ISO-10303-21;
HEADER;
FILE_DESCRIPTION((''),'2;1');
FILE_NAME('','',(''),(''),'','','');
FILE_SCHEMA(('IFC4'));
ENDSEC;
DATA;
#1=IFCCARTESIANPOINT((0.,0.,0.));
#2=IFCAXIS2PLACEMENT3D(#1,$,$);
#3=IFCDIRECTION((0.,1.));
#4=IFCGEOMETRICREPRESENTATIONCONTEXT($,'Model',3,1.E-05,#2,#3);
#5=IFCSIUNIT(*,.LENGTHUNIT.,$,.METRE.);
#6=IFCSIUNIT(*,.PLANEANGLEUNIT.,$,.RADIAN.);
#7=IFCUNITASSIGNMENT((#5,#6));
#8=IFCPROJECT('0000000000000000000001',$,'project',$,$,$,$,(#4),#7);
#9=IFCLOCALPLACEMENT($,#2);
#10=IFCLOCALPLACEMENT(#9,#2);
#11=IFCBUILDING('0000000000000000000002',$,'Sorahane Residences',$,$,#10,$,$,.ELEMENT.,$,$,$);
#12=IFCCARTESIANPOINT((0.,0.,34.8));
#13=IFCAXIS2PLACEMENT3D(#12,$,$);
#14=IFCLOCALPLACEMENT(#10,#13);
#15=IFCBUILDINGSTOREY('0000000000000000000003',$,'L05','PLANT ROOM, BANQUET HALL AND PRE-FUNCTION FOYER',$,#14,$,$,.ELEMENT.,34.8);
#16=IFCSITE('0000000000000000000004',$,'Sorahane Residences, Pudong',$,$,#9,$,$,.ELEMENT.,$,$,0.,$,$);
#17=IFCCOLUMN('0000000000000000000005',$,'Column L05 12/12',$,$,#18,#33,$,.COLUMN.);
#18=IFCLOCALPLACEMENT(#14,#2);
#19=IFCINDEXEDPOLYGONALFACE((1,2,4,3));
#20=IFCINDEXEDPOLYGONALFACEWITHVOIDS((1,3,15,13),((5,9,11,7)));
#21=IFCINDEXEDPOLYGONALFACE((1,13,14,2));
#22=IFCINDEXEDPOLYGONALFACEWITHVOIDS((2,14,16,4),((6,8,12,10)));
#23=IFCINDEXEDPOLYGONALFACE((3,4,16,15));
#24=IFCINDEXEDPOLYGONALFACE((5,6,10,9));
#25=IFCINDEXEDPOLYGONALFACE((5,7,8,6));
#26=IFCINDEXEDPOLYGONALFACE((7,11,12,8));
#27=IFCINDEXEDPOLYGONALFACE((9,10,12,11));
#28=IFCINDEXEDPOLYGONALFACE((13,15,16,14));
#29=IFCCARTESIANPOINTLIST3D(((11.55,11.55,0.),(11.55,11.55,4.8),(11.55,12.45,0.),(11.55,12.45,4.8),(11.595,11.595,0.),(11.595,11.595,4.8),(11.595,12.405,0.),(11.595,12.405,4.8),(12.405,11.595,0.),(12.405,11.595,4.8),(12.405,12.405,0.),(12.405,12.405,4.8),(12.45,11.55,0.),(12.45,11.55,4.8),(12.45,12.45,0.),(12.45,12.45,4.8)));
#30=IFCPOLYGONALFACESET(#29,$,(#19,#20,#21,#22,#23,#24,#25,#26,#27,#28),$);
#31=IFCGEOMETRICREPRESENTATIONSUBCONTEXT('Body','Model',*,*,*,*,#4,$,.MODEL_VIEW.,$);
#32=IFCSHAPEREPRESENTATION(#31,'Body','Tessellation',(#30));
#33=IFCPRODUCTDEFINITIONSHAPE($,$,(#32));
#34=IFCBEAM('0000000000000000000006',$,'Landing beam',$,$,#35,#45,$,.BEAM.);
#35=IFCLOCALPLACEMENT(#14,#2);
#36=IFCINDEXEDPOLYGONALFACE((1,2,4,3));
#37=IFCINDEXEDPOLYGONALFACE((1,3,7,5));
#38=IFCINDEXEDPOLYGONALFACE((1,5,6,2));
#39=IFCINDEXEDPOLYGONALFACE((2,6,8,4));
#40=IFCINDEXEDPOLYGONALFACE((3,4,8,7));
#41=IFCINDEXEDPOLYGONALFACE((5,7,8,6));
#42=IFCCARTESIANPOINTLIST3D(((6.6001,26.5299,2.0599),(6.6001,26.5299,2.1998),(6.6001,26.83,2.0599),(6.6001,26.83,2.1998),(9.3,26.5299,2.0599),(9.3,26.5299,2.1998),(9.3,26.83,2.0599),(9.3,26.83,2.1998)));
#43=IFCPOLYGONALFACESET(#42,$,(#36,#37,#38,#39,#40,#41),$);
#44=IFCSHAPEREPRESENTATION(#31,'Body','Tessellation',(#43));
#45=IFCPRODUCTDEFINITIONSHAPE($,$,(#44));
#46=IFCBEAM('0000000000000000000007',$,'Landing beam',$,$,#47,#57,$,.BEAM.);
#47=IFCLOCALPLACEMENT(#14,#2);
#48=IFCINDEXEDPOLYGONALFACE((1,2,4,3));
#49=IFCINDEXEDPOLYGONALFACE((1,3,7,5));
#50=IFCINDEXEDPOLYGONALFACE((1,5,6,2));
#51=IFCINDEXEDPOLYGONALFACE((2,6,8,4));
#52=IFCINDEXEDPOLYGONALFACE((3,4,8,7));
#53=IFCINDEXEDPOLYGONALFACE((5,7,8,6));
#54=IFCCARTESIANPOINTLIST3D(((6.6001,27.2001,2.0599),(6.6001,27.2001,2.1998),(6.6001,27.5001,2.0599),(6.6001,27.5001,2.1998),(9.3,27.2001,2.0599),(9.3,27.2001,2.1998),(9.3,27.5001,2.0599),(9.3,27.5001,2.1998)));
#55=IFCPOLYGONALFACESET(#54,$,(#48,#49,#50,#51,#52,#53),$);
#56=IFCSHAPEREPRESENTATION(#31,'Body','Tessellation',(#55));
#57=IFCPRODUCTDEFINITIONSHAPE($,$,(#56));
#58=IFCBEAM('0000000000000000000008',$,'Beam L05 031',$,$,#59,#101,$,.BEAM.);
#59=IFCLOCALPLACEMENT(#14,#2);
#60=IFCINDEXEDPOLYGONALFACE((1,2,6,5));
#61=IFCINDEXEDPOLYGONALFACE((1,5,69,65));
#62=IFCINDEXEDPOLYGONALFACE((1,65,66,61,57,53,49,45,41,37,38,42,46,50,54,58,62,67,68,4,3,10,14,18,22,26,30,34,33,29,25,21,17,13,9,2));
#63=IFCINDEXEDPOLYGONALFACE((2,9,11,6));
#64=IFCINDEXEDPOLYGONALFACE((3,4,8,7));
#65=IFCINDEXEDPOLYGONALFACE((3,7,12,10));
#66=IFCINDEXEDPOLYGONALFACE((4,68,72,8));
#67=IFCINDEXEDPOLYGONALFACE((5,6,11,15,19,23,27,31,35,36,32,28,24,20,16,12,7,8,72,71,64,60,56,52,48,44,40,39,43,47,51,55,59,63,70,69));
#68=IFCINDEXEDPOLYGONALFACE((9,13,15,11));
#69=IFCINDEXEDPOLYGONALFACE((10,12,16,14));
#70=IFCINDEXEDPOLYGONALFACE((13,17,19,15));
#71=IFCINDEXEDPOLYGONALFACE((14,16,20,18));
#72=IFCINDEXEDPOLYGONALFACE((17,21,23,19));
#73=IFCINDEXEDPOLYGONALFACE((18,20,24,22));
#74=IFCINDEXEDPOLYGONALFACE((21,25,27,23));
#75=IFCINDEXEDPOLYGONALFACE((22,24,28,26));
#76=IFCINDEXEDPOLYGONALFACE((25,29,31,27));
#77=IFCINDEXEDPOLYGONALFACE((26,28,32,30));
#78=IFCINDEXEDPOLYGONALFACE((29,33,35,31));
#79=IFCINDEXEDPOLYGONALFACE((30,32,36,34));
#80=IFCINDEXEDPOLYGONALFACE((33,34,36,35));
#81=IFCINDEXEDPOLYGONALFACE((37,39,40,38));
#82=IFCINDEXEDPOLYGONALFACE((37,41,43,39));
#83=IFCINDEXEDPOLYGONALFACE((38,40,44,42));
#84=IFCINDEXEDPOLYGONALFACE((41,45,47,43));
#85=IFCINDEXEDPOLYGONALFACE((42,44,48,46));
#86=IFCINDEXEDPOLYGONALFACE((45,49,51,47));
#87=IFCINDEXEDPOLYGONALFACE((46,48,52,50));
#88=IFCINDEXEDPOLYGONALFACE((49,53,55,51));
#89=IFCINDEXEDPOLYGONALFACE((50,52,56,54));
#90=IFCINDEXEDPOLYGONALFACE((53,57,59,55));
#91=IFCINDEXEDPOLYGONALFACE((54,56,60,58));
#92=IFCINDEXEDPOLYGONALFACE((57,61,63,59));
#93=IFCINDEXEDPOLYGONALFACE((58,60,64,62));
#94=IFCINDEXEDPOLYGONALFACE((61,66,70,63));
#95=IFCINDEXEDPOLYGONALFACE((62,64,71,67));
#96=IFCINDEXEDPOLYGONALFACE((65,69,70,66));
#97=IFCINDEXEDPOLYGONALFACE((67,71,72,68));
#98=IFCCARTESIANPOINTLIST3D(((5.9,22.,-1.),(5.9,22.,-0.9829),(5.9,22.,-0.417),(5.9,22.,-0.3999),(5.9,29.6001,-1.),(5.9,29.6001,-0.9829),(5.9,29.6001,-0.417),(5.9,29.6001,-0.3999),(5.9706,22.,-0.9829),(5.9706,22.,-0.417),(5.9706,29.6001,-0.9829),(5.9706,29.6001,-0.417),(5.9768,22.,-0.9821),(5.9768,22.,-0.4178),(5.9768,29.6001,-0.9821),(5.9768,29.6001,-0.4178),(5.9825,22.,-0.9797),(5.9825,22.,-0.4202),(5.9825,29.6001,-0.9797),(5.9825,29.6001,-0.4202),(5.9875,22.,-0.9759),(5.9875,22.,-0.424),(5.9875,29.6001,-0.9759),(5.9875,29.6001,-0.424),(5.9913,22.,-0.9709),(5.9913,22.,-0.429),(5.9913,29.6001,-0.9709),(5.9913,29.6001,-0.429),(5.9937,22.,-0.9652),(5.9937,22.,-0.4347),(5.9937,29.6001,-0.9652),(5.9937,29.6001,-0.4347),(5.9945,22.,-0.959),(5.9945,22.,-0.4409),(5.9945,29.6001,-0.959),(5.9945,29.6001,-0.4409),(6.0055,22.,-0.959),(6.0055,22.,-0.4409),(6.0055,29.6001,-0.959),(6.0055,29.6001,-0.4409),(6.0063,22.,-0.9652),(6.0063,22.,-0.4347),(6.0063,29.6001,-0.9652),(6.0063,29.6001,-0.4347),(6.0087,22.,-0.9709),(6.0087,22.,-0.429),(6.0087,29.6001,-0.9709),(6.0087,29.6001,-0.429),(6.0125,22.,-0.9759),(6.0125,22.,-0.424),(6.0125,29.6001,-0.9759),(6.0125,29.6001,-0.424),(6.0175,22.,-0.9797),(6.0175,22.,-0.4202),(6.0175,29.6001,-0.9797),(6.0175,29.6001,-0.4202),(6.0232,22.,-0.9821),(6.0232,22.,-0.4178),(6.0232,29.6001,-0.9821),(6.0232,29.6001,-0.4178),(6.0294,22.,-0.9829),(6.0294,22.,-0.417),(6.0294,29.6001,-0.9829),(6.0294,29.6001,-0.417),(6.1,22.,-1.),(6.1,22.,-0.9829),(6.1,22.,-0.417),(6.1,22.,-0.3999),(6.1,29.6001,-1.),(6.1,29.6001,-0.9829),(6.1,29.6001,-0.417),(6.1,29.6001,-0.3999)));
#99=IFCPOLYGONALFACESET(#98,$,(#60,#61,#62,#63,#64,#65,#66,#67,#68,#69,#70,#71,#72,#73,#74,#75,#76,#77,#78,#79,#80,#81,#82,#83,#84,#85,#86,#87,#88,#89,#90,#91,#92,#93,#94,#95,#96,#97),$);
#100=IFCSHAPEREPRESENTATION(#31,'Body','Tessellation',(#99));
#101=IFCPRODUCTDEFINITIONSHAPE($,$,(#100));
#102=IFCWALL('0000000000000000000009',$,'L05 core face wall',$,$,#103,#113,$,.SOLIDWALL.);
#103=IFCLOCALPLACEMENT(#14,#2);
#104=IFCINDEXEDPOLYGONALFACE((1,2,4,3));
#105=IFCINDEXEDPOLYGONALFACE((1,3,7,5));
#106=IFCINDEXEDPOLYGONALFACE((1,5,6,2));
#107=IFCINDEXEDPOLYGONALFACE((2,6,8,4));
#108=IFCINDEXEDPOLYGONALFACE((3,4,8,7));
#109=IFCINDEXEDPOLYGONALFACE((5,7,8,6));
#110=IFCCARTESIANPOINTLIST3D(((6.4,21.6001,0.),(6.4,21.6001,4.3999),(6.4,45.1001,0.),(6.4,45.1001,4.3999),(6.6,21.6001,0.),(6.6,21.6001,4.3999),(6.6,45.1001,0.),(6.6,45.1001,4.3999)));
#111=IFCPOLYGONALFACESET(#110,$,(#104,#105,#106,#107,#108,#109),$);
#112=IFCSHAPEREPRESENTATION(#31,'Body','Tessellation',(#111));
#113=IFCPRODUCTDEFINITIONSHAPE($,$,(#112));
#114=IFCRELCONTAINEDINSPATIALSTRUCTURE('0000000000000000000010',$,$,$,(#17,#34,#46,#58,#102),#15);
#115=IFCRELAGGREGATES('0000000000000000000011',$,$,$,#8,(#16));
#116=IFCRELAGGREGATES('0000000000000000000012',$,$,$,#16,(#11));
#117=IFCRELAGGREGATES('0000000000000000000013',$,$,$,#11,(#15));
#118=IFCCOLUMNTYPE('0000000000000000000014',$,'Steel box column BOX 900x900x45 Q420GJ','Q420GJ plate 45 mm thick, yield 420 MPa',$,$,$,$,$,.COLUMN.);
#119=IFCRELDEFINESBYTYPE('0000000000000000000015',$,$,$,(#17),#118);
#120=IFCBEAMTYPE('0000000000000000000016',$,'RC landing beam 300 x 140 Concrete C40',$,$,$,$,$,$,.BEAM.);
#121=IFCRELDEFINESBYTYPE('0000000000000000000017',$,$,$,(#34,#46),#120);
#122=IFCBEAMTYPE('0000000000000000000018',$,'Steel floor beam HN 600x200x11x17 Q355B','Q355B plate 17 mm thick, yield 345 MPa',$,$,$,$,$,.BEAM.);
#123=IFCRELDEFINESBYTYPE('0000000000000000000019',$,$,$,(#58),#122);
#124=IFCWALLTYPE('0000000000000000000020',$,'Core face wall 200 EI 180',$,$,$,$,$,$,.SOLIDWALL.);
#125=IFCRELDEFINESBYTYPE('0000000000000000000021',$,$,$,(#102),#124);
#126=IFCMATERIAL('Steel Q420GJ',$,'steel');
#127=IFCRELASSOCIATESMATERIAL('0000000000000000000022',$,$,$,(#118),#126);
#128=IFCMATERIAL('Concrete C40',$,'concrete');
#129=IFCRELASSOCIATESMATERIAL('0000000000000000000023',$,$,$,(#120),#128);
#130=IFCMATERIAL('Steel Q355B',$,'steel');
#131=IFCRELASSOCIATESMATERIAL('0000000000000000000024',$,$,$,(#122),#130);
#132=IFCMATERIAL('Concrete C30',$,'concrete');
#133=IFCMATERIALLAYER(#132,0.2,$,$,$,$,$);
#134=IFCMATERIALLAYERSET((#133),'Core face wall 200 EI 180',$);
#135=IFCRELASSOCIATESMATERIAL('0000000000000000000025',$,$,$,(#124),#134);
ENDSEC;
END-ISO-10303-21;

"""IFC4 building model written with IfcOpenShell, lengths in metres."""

from ifc_helpers import new_model, si_unit, direction, frame, frame_2d, origin, origin_2d, place, context, subcontext, project, spatial, rectangle, hollow_rectangle, i_section, extrude, material, layer, layer_set, material_profile, profile_set, type_object, element, save


model = new_model("IFC4")

# Units and contexts
model_context = context("Model", 3, precision=1e-05, world=origin(), true_north=direction((0.0, 1.0)))
body_context = subcontext(model_context, "Body", "Model", "MODEL_VIEW")
ifc_project = project(units=[si_unit("LENGTHUNIT", "METRE"), si_unit("PLANEANGLEUNIT", "RADIAN")], contexts=[model_context])

# Site, building, storey
site_placement = place(None, origin())
site = spatial("IfcSite", under=ifc_project, at=site_placement, Name="Sorahane Residences, Pudong", CompositionType="ELEMENT", RefElevation=0.0)
building_placement = place(site_placement, origin())
building = spatial("IfcBuilding", under=site, at=building_placement, Name="Sorahane Residences", CompositionType="ELEMENT")
storey_placement = place(building_placement, frame((0.0, 0.0, 34.8)))
storey = spatial("IfcBuildingStorey", under=building, at=storey_placement, Name="L05", Description="PLANT ROOM, BANQUET HALL AND PRE-FUNCTION FOYER", CompositionType="ELEMENT", Elevation=34.8)

# Column
ifc_material_1 = material(Name="Steel Q420GJ", Category="steel")
ifc_material_profile_1 = material_profile(ifc_material_1, hollow_rectangle(XDim=0.8999, YDim=0.8999, WallThickness=0.0449, at=origin_2d()), Name="BOX 900x900x45")
ifc_profile_set_1 = profile_set([ifc_material_profile_1], Name="Steel Q420GJ")
column_type = type_object("IfcColumnType", Name="Steel box column BOX 900x900x45 Q420GJ", Description="Q420GJ plate 45 mm thick, yield 420 MPa", PredefinedType="COLUMN", material=ifc_profile_set_1)
column_placement = place(storey_placement, frame((12.0, 12.0, 0.0), z_axis=(0.0, 0.0, 1.0), x_axis=(1.0, 0.0, 0.0)))
element("IfcColumn", 1, at=column_placement, inside=storey, type_object=column_type, Name="Column L05 12/12", PredefinedType="COLUMN", context=body_context, shape_type="SweptSolid", body=[
    extrude(hollow_rectangle(XDim=0.8999, YDim=0.8999, WallThickness=0.0449, at=origin_2d()), origin(), (0.0, 0.0, 1.0), 4.8),
])

# Beams
ifc_material_2 = material(Name="Concrete C40", Category="concrete")
ifc_material_profile_2 = material_profile(ifc_material_2, rectangle(XDim=0.3, YDim=0.1399, at=origin_2d()), Name="300x140")
ifc_profile_set_2 = profile_set([ifc_material_profile_2], Name="Concrete C40")
beam_type_1 = type_object("IfcBeamType", Name="RC landing beam 300 x 140 Concrete C40", PredefinedType="BEAM", material=ifc_profile_set_2)
for number, where, z_axis, x_axis, name in (
    (2, (6.6001, 26.6799, 2.1299), (1.0, 0.0, 0.0), (0.0, 1.0, 0.0), "Landing beam"),
    (3, (6.6001, 27.3501, 2.1299), (1.0, 0.0, 0.0), (0.0, 1.0, 0.0), "Landing beam"),
):
    element("IfcBeam", number, at=place(storey_placement, frame(where, z_axis=z_axis, x_axis=x_axis)), inside=storey, type_object=beam_type_1, Name=name, PredefinedType="BEAM", context=body_context, shape_type="SweptSolid", body=[
        extrude(rectangle(XDim=0.3, YDim=0.1399, at=origin_2d()), origin(), (0.0, 0.0, 1.0), 2.7),
    ])
ifc_material_3 = material(Name="Steel Q355B", Category="steel")
ifc_material_profile_3 = material_profile(ifc_material_3, i_section(OverallWidth=0.2, OverallDepth=0.6001, WebThickness=0.011, FlangeThickness=0.0171, FilletRadius=0.0239, at=origin_2d()), Name="HN 600x200x11x17")
ifc_profile_set_3 = profile_set([ifc_material_profile_3], Name="Steel Q355B")
beam_type_2 = type_object("IfcBeamType", Name="Steel floor beam HN 600x200x11x17 Q355B", Description="Q355B plate 17 mm thick, yield 345 MPa", PredefinedType="BEAM", material=ifc_profile_set_3)
beam_placement = place(storey_placement, frame((6.0, 22.0, -0.7), z_axis=(0.0, 1.0, 0.0), x_axis=(-1.0, 0.0, 0.0)))
element("IfcBeam", 4, at=beam_placement, inside=storey, type_object=beam_type_2, Name="Beam L05 031", PredefinedType="BEAM", context=body_context, shape_type="SweptSolid", body=[
    extrude(i_section(OverallWidth=0.2, OverallDepth=0.6001, WebThickness=0.011, FlangeThickness=0.0171, FilletRadius=0.0239, at=origin_2d()), origin(), (0.0, 0.0, 1.0), 7.6001),
])

# Wall
ifc_material_4 = material(Name="Concrete C30", Category="concrete")
ifc_layer_1 = layer(ifc_material_4, 0.2)
ifc_layer_set_1 = layer_set([ifc_layer_1], Name="Core face wall 200 EI 180")
wall_type_1 = type_object("IfcWallType", Name="Core face wall 200 EI 180", PredefinedType="SOLIDWALL", material=ifc_layer_set_1)
wall_1_placement = place(storey_placement, frame((6.5, 21.6001, 0.0), z_axis=(0.0, 0.0, 1.0), x_axis=(0.0, 1.0, 0.0)))
element("IfcWall", 5, at=wall_1_placement, inside=storey, type_object=wall_type_1, Name="L05 core face wall", PredefinedType="SOLIDWALL", context=body_context, shape_type="SweptSolid", body=[
    extrude(rectangle(XDim=23.5, YDim=0.2, at=frame_2d((11.75, 0.0))), origin(), (0.0, 0.0, 1.0), 4.3999),
])

save(model, "model.ifc")
